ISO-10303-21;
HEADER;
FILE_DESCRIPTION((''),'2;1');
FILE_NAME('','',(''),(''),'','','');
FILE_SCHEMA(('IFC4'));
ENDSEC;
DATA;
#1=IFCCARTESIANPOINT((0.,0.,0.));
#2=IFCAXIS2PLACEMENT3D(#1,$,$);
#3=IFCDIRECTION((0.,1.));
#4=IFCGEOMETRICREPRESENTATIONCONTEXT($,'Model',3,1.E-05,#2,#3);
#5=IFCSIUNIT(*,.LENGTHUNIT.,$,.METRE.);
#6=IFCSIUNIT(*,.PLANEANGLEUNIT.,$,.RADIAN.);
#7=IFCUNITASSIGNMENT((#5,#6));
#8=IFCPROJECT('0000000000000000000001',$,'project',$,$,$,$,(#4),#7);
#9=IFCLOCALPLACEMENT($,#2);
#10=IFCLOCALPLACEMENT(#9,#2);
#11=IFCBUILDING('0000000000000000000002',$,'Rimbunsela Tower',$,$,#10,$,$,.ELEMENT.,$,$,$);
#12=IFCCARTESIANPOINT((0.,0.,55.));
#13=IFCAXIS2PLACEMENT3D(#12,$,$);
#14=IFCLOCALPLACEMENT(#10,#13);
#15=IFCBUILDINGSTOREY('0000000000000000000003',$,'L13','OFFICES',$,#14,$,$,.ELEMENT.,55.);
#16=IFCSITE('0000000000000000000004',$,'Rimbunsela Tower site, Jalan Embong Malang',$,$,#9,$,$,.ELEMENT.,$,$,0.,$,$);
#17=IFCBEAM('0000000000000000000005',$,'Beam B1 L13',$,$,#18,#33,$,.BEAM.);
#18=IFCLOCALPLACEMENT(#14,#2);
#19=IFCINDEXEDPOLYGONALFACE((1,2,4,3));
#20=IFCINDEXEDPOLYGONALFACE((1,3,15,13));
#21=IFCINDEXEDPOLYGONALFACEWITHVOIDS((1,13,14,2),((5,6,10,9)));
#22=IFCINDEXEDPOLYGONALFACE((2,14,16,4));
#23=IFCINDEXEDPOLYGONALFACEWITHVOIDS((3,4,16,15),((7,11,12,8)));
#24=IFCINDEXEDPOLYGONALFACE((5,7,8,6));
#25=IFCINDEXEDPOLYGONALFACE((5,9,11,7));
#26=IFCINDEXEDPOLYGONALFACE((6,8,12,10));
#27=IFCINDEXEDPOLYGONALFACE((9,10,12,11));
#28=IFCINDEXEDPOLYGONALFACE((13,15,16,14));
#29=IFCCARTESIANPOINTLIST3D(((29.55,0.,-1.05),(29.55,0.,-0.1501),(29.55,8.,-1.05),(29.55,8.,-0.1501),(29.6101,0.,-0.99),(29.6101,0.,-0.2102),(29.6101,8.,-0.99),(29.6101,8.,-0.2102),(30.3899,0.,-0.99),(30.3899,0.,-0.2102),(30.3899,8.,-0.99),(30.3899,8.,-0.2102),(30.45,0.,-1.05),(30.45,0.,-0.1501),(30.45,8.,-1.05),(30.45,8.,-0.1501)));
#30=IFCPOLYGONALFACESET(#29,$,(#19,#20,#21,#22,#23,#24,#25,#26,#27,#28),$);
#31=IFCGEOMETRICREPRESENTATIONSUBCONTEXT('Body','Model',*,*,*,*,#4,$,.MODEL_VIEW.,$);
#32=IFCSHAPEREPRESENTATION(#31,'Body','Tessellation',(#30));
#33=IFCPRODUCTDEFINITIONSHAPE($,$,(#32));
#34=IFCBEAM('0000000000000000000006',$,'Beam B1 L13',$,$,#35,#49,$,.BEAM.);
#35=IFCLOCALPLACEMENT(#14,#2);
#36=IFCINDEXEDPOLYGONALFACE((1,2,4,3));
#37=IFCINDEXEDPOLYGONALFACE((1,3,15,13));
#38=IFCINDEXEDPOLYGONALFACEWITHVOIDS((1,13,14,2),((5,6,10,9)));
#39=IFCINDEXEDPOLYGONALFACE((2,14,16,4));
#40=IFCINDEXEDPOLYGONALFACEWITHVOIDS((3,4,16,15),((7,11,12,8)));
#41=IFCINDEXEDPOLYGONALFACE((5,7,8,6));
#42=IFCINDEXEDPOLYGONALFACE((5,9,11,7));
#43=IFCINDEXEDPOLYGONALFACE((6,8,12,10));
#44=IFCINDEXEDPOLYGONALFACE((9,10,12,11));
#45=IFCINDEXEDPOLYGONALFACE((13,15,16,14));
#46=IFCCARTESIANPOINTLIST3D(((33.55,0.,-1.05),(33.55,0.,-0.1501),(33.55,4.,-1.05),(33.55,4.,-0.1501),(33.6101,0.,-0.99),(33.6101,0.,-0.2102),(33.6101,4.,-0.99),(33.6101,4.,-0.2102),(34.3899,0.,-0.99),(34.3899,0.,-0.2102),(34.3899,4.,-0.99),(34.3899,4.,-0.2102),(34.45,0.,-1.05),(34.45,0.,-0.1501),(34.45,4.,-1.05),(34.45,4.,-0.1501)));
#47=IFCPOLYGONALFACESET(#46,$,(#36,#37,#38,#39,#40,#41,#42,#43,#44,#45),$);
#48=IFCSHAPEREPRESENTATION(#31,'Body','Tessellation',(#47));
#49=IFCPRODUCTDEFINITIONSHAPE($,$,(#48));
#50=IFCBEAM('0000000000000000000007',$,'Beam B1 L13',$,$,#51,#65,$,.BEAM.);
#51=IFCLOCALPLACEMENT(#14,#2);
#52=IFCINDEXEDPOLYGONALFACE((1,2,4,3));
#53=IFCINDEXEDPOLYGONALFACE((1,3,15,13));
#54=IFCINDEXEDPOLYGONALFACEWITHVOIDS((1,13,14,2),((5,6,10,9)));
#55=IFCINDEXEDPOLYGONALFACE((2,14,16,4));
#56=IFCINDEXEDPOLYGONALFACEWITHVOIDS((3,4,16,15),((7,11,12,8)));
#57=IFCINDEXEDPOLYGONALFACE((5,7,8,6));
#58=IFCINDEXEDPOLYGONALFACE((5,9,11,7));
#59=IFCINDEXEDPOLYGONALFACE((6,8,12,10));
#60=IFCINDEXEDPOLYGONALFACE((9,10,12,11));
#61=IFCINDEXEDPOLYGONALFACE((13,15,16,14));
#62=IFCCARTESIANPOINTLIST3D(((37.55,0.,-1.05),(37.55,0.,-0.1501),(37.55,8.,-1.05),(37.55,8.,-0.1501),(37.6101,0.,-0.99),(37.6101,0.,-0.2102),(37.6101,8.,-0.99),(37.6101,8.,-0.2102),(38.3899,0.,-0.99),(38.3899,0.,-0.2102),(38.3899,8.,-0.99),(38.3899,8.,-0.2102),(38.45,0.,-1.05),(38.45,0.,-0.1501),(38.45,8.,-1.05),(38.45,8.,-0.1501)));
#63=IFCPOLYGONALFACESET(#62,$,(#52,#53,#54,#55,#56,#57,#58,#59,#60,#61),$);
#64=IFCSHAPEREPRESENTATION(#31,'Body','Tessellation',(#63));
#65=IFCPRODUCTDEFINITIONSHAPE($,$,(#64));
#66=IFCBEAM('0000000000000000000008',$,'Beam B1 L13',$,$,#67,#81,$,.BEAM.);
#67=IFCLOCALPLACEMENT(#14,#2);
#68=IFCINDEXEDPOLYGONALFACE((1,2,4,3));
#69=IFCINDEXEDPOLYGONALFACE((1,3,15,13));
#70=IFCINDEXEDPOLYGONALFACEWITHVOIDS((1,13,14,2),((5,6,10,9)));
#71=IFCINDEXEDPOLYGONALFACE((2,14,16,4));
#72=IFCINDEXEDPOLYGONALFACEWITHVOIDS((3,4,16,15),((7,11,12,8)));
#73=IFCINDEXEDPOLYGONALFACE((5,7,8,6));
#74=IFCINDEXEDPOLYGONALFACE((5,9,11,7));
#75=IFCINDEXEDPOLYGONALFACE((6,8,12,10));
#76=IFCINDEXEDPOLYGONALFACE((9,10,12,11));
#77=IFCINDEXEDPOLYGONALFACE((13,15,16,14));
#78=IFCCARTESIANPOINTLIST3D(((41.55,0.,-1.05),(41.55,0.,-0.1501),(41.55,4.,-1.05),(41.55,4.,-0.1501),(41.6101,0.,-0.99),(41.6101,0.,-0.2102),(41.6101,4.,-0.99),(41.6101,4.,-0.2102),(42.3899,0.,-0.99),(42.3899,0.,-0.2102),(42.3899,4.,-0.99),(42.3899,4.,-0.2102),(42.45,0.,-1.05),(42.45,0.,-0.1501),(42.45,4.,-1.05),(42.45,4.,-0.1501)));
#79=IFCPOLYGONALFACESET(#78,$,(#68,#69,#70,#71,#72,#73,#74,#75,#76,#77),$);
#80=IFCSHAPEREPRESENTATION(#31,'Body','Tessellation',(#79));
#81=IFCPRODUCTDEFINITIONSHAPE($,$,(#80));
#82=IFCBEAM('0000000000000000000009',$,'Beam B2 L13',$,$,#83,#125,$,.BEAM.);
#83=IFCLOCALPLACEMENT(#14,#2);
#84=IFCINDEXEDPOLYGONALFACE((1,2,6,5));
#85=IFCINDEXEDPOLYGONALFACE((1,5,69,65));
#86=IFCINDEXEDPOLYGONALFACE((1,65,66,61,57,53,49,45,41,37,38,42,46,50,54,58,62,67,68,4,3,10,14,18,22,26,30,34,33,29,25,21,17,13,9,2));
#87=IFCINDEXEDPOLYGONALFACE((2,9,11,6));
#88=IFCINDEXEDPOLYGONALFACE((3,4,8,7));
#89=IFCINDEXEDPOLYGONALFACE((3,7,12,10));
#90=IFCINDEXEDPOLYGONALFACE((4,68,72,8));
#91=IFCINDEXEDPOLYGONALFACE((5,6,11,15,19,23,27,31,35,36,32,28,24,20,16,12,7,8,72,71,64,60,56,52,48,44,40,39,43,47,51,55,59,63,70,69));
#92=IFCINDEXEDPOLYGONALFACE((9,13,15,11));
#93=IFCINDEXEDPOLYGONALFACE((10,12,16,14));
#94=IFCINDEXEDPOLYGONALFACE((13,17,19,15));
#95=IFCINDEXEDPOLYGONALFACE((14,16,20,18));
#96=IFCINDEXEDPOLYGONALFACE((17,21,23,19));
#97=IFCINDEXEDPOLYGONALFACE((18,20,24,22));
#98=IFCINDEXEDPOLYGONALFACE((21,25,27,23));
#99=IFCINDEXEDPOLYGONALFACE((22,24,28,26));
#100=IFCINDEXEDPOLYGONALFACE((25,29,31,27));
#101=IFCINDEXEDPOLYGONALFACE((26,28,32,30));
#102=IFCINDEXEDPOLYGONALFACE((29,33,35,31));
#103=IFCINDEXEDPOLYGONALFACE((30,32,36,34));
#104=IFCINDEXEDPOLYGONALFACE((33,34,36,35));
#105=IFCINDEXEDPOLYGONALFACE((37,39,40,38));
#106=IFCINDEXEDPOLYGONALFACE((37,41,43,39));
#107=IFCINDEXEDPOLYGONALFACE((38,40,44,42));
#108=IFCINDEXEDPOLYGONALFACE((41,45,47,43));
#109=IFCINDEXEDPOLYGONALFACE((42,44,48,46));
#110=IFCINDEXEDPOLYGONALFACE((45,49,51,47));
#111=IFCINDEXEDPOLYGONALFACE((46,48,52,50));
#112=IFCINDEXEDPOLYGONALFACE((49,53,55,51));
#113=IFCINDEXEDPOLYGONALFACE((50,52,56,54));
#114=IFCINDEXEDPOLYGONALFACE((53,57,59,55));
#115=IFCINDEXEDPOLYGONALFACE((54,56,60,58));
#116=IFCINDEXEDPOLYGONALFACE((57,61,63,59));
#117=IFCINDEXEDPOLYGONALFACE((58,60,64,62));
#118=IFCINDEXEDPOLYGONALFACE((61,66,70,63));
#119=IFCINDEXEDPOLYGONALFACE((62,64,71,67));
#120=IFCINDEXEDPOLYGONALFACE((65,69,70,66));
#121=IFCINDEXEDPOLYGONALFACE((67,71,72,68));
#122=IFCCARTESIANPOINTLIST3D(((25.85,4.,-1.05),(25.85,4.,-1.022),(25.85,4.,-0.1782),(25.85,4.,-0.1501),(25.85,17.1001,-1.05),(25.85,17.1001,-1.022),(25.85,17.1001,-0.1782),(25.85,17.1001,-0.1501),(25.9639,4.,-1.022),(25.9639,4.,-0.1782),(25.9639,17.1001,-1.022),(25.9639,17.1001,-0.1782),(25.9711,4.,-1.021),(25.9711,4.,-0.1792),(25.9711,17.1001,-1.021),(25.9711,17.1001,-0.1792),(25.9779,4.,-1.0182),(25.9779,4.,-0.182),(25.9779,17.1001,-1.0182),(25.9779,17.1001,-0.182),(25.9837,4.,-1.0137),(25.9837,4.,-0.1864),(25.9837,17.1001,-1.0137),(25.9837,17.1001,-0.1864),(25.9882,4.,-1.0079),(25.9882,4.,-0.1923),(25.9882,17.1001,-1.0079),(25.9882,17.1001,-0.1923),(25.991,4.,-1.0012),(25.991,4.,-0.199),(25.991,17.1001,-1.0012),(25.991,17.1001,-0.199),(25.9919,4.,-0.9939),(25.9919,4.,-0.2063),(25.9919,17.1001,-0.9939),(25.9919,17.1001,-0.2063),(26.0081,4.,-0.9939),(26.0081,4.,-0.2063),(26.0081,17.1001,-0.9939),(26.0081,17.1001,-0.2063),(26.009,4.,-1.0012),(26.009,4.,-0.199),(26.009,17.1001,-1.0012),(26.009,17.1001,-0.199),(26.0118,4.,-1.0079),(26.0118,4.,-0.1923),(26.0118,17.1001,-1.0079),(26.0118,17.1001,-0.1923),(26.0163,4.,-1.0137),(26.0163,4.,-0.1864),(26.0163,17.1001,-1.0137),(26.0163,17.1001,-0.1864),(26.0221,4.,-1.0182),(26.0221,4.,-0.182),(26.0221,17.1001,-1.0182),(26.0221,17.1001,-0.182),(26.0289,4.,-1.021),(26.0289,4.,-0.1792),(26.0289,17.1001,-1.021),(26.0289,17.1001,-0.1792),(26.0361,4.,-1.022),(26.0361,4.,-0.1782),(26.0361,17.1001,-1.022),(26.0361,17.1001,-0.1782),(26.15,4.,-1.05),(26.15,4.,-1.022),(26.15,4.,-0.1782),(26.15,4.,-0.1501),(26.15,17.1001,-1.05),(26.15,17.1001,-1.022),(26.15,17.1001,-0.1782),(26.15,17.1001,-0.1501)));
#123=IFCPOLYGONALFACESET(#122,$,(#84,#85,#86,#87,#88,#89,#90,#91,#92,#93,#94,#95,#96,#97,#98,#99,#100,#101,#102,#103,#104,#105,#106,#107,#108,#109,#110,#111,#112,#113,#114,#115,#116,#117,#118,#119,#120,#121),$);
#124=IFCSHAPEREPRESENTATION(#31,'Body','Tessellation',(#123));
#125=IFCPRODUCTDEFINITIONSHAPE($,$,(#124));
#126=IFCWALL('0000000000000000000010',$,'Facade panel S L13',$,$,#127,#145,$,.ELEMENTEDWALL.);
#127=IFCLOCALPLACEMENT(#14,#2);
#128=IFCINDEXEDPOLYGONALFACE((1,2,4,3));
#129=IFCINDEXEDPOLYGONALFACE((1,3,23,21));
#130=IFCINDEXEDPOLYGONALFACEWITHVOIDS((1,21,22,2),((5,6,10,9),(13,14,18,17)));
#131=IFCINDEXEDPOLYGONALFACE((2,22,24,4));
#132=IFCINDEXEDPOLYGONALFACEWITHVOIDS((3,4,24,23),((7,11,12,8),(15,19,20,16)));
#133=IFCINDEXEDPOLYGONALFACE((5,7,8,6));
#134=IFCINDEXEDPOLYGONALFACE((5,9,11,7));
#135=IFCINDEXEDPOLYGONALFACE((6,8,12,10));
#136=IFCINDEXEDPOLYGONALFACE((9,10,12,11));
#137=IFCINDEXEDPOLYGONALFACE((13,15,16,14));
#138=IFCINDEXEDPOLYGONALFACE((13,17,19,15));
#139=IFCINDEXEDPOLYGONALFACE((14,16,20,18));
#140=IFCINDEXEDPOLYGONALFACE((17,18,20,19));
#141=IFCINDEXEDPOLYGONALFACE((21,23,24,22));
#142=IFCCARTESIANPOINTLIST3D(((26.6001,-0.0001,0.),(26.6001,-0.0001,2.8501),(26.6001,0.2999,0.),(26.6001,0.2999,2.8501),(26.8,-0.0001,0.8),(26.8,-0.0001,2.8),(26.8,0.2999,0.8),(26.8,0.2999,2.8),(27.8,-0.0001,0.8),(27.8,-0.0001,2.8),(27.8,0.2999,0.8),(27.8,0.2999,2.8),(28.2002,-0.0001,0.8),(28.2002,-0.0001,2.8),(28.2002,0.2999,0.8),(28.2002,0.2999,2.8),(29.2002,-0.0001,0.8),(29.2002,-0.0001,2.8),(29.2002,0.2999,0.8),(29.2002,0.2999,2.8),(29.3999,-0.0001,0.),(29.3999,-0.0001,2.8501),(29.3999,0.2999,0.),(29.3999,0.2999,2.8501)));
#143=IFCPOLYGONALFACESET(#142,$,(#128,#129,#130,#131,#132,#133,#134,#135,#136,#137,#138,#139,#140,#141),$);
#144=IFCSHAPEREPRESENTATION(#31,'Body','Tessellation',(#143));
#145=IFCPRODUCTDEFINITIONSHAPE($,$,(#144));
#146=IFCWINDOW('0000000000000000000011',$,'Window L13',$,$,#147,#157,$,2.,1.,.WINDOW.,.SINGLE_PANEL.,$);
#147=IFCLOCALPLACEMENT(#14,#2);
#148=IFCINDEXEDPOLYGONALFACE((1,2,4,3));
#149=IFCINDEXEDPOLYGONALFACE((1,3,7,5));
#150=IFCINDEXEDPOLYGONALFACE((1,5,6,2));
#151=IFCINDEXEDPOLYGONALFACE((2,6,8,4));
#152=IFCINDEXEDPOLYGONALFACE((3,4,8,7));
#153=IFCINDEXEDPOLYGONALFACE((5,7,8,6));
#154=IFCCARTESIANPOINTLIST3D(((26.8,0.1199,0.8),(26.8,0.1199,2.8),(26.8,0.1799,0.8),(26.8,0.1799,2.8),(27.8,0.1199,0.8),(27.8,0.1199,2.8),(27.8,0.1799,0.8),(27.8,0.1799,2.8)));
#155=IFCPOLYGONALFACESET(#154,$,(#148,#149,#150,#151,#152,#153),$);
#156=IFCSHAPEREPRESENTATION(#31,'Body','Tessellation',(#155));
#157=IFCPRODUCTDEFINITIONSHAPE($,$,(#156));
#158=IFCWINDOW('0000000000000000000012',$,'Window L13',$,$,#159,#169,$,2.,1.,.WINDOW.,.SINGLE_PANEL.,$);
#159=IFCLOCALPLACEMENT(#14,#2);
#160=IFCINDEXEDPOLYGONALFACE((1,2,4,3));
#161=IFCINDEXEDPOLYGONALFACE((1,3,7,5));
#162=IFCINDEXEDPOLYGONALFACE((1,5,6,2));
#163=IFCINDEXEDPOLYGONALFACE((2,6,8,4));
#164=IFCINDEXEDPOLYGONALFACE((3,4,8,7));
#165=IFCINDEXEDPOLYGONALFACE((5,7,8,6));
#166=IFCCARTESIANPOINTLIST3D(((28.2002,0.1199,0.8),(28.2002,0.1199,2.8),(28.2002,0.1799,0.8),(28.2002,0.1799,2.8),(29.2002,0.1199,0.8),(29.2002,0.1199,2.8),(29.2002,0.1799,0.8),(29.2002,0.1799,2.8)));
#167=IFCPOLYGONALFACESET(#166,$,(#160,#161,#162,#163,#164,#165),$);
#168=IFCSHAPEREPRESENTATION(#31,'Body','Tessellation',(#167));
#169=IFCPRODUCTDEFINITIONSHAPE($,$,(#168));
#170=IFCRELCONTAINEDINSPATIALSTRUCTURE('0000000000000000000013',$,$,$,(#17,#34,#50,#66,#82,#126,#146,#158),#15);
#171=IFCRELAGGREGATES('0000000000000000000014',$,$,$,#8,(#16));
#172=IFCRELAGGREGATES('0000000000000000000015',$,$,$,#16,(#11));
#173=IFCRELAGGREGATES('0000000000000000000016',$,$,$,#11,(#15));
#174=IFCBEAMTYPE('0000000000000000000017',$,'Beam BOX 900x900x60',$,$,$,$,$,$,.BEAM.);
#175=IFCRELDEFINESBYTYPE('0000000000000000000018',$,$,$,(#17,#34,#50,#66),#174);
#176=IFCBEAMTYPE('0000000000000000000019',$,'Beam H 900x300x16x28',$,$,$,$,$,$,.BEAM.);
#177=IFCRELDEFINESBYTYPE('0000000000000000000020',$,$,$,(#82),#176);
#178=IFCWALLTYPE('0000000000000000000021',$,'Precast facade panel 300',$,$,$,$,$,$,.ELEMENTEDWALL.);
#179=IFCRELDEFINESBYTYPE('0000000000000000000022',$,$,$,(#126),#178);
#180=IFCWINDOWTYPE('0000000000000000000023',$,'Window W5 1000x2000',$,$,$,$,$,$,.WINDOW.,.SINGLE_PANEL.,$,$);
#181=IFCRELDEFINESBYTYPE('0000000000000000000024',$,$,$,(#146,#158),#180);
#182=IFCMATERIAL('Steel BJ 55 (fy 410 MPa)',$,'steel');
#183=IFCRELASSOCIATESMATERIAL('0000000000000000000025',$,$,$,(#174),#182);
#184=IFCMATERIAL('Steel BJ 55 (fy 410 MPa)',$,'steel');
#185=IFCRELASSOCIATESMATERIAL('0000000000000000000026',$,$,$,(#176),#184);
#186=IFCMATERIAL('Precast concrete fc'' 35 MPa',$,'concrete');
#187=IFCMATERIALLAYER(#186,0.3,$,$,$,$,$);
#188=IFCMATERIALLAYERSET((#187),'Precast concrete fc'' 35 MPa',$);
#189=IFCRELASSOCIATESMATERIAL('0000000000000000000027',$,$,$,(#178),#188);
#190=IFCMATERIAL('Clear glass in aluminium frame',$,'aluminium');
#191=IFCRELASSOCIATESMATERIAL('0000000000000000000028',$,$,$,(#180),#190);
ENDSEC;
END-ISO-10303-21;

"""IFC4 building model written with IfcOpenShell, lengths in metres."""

from ifc_helpers import new_model, si_unit, direction, frame, frame_2d, origin, origin_2d, place, context, subcontext, project, spatial, rectangle, hollow_rectangle, i_section, extrude, material, layer, layer_set, material_profile, profile_set, type_object, element, fill, save


model = new_model("IFC4")

# Units and contexts
model_context = context("Model", 3, precision=1e-05, world=origin(), true_north=direction((0.0, 1.0)))
body_context = subcontext(model_context, "Body", "Model", "MODEL_VIEW")
ifc_project = project(units=[si_unit("LENGTHUNIT", "METRE"), si_unit("PLANEANGLEUNIT", "RADIAN")], contexts=[model_context])

# Site, building, storey
site_placement = place(None, origin())
site = spatial("IfcSite", under=ifc_project, at=site_placement, Name="Rimbunsela Tower site, Jalan Embong Malang", CompositionType="ELEMENT", RefElevation=0.0)
building_placement = place(site_placement, origin())
building = spatial("IfcBuilding", under=site, at=building_placement, Name="Rimbunsela Tower", CompositionType="ELEMENT")
storey_placement = place(building_placement, frame((0.0, 0.0, 55.0)))
storey = spatial("IfcBuildingStorey", under=building, at=storey_placement, Name="L13", Description="OFFICES", CompositionType="ELEMENT", Elevation=55.0)

# Beams
ifc_material_1 = material(Name="Steel BJ 55 (fy 410 MPa)", Category="steel")
ifc_material_profile_1 = material_profile(ifc_material_1, hollow_rectangle(XDim=0.8999, YDim=0.8999, WallThickness=0.0601, at=origin_2d()), Name="BOX 900x900x60")
ifc_profile_set_1 = profile_set([ifc_material_profile_1], Name="Steel BJ 55 (fy 410 MPa)")
beam_type_1 = type_object("IfcBeamType", Name="Beam BOX 900x900x60", PredefinedType="BEAM", material=ifc_profile_set_1)
beam_1_placement = place(storey_placement, frame((30.0, 0.0, -0.6001), z_axis=(0.0, 1.0, 0.0), x_axis=(-1.0, 0.0, 0.0)))
element("IfcBeam", 1, at=beam_1_placement, inside=storey, type_object=beam_type_1, Name="Beam B1 L13", PredefinedType="BEAM", context=body_context, shape_type="SweptSolid", body=[
    extrude(hollow_rectangle(XDim=0.8999, YDim=0.8999, WallThickness=0.0601, at=origin_2d()), origin(), (0.0, 0.0, 1.0), 8.0),
])
beam_2_placement = place(storey_placement, frame((34.0, 0.0, -0.6001), z_axis=(0.0, 1.0, 0.0), x_axis=(-1.0, 0.0, 0.0)))
element("IfcBeam", 2, at=beam_2_placement, inside=storey, type_object=beam_type_1, Name="Beam B1 L13", PredefinedType="BEAM", context=body_context, shape_type="SweptSolid", body=[
    extrude(hollow_rectangle(XDim=0.8999, YDim=0.8999, WallThickness=0.0601, at=origin_2d()), origin(), (0.0, 0.0, 1.0), 4.0),
])
beam_3_placement = place(storey_placement, frame((38.0, 0.0, -0.6001), z_axis=(0.0, 1.0, 0.0), x_axis=(-1.0, 0.0, 0.0)))
element("IfcBeam", 3, at=beam_3_placement, inside=storey, type_object=beam_type_1, Name="Beam B1 L13", PredefinedType="BEAM", context=body_context, shape_type="SweptSolid", body=[
    extrude(hollow_rectangle(XDim=0.8999, YDim=0.8999, WallThickness=0.0601, at=origin_2d()), origin(), (0.0, 0.0, 1.0), 8.0),
])
beam_4_placement = place(storey_placement, frame((42.0, 0.0, -0.6001), z_axis=(0.0, 1.0, 0.0), x_axis=(-1.0, 0.0, 0.0)))
element("IfcBeam", 4, at=beam_4_placement, inside=storey, type_object=beam_type_1, Name="Beam B1 L13", PredefinedType="BEAM", context=body_context, shape_type="SweptSolid", body=[
    extrude(hollow_rectangle(XDim=0.8999, YDim=0.8999, WallThickness=0.0601, at=origin_2d()), origin(), (0.0, 0.0, 1.0), 4.0),
])
ifc_material_2 = material(Name="Steel BJ 55 (fy 410 MPa)", Category="steel")
ifc_material_profile_2 = material_profile(ifc_material_2, i_section(OverallWidth=0.3, OverallDepth=0.8999, WebThickness=0.0161, FlangeThickness=0.0281, FilletRadius=0.0281, at=origin_2d()), Name="H 900x300x16x28")
ifc_profile_set_2 = profile_set([ifc_material_profile_2], Name="Steel BJ 55 (fy 410 MPa)")
beam_type_2 = type_object("IfcBeamType", Name="Beam H 900x300x16x28", PredefinedType="BEAM", material=ifc_profile_set_2)
beam_5_placement = place(storey_placement, frame((26.0, 4.0, -0.6001), z_axis=(0.0, 1.0, 0.0), x_axis=(-1.0, 0.0, 0.0)))
element("IfcBeam", 5, at=beam_5_placement, inside=storey, type_object=beam_type_2, Name="Beam B2 L13", PredefinedType="BEAM", context=body_context, shape_type="SweptSolid", body=[
    extrude(i_section(OverallWidth=0.3, OverallDepth=0.8999, WebThickness=0.0161, FlangeThickness=0.0281, FilletRadius=0.0281, at=origin_2d()), origin(), (0.0, 0.0, 1.0), 13.1001),
])

# Wall, openings, windows
ifc_material_3 = material(Name="Precast concrete fc' 35 MPa", Category="concrete")
ifc_layer_1 = layer(ifc_material_3, 0.3)
ifc_layer_set_1 = layer_set([ifc_layer_1], Name="Precast concrete fc' 35 MPa")
wall_type_1 = type_object("IfcWallType", Name="Precast facade panel 300", PredefinedType="ELEMENTEDWALL", material=ifc_layer_set_1)
wall_1_placement = place(storey_placement, frame((26.6001, 0.1499, 0.0), z_axis=(0.0, 0.0, 1.0), x_axis=(1.0, 0.0, 0.0)))
wall_1 = element("IfcWall", 6, at=wall_1_placement, inside=storey, type_object=wall_type_1, Name="Facade panel S L13", PredefinedType="ELEMENTEDWALL", context=body_context, shape_type="SweptSolid", body=[
    extrude(rectangle(XDim=2.7998, YDim=0.3, at=frame_2d((1.3999, 0.0))), origin(), (0.0, 0.0, 1.0), 2.8501),
])
opening_1_placement = place(wall_1_placement, frame((0.2, 0.0, 0.8)))
opening_1 = element("IfcOpeningElement", 7, at=opening_1_placement, cuts=wall_1, PredefinedType="OPENING", context=body_context, shape_type="SweptSolid", body=[
    extrude(rectangle(XDim=1.0, YDim=2.0, at=frame_2d((0.5, 1.0))), frame((0.0, 0.1599, 0.0), z_axis=(0.0, -1.0, 0.0), x_axis=(1.0, 0.0, 0.0)), (0.0, 0.0, 1.0), 0.3201),
])
opening_2_placement = place(wall_1_placement, frame((1.6001, 0.0, 0.8)))
opening_2 = element("IfcOpeningElement", 8, at=opening_2_placement, cuts=wall_1, PredefinedType="OPENING", context=body_context, shape_type="SweptSolid", body=[
    extrude(rectangle(XDim=1.0, YDim=2.0, at=frame_2d((0.5, 1.0))), frame((0.0, 0.1599, 0.0), z_axis=(0.0, -1.0, 0.0), x_axis=(1.0, 0.0, 0.0)), (0.0, 0.0, 1.0), 0.3201),
])
ifc_material_4 = material(Name="Clear glass in aluminium frame", Category="aluminium")
window_type_1 = type_object("IfcWindowType", Name="Window W5 1000x2000", PartitioningType="SINGLE_PANEL", PredefinedType="WINDOW", material=ifc_material_4)
window_1_placement = place(opening_1_placement, origin())
window_1 = element("IfcWindow", 9, at=window_1_placement, inside=storey, type_object=window_type_1, Name="Window L13", OverallHeight=2.0, OverallWidth=1.0, PartitioningType="SINGLE_PANEL", PredefinedType="WINDOW", context=body_context, shape_type="SweptSolid", body=[
    extrude(rectangle(XDim=1.0, YDim=2.0, at=frame_2d((0.5, 1.0))), frame((0.0, 0.03, 0.0), z_axis=(0.0, -1.0, 0.0), x_axis=(1.0, 0.0, 0.0)), (0.0, 0.0, 1.0), 0.0601),
])
fill(opening_1, window_1)
window_2_placement = place(opening_2_placement, origin())
window_2 = element("IfcWindow", 10, at=window_2_placement, inside=storey, type_object=window_type_1, Name="Window L13", OverallHeight=2.0, OverallWidth=1.0, PartitioningType="SINGLE_PANEL", PredefinedType="WINDOW", context=body_context, shape_type="SweptSolid", body=[
    extrude(rectangle(XDim=1.0, YDim=2.0, at=frame_2d((0.5, 1.0))), frame((0.0, 0.03, 0.0), z_axis=(0.0, -1.0, 0.0), x_axis=(1.0, 0.0, 0.0)), (0.0, 0.0, 1.0), 0.0601),
])
fill(opening_2, window_2)

save(model, "model.ifc")
